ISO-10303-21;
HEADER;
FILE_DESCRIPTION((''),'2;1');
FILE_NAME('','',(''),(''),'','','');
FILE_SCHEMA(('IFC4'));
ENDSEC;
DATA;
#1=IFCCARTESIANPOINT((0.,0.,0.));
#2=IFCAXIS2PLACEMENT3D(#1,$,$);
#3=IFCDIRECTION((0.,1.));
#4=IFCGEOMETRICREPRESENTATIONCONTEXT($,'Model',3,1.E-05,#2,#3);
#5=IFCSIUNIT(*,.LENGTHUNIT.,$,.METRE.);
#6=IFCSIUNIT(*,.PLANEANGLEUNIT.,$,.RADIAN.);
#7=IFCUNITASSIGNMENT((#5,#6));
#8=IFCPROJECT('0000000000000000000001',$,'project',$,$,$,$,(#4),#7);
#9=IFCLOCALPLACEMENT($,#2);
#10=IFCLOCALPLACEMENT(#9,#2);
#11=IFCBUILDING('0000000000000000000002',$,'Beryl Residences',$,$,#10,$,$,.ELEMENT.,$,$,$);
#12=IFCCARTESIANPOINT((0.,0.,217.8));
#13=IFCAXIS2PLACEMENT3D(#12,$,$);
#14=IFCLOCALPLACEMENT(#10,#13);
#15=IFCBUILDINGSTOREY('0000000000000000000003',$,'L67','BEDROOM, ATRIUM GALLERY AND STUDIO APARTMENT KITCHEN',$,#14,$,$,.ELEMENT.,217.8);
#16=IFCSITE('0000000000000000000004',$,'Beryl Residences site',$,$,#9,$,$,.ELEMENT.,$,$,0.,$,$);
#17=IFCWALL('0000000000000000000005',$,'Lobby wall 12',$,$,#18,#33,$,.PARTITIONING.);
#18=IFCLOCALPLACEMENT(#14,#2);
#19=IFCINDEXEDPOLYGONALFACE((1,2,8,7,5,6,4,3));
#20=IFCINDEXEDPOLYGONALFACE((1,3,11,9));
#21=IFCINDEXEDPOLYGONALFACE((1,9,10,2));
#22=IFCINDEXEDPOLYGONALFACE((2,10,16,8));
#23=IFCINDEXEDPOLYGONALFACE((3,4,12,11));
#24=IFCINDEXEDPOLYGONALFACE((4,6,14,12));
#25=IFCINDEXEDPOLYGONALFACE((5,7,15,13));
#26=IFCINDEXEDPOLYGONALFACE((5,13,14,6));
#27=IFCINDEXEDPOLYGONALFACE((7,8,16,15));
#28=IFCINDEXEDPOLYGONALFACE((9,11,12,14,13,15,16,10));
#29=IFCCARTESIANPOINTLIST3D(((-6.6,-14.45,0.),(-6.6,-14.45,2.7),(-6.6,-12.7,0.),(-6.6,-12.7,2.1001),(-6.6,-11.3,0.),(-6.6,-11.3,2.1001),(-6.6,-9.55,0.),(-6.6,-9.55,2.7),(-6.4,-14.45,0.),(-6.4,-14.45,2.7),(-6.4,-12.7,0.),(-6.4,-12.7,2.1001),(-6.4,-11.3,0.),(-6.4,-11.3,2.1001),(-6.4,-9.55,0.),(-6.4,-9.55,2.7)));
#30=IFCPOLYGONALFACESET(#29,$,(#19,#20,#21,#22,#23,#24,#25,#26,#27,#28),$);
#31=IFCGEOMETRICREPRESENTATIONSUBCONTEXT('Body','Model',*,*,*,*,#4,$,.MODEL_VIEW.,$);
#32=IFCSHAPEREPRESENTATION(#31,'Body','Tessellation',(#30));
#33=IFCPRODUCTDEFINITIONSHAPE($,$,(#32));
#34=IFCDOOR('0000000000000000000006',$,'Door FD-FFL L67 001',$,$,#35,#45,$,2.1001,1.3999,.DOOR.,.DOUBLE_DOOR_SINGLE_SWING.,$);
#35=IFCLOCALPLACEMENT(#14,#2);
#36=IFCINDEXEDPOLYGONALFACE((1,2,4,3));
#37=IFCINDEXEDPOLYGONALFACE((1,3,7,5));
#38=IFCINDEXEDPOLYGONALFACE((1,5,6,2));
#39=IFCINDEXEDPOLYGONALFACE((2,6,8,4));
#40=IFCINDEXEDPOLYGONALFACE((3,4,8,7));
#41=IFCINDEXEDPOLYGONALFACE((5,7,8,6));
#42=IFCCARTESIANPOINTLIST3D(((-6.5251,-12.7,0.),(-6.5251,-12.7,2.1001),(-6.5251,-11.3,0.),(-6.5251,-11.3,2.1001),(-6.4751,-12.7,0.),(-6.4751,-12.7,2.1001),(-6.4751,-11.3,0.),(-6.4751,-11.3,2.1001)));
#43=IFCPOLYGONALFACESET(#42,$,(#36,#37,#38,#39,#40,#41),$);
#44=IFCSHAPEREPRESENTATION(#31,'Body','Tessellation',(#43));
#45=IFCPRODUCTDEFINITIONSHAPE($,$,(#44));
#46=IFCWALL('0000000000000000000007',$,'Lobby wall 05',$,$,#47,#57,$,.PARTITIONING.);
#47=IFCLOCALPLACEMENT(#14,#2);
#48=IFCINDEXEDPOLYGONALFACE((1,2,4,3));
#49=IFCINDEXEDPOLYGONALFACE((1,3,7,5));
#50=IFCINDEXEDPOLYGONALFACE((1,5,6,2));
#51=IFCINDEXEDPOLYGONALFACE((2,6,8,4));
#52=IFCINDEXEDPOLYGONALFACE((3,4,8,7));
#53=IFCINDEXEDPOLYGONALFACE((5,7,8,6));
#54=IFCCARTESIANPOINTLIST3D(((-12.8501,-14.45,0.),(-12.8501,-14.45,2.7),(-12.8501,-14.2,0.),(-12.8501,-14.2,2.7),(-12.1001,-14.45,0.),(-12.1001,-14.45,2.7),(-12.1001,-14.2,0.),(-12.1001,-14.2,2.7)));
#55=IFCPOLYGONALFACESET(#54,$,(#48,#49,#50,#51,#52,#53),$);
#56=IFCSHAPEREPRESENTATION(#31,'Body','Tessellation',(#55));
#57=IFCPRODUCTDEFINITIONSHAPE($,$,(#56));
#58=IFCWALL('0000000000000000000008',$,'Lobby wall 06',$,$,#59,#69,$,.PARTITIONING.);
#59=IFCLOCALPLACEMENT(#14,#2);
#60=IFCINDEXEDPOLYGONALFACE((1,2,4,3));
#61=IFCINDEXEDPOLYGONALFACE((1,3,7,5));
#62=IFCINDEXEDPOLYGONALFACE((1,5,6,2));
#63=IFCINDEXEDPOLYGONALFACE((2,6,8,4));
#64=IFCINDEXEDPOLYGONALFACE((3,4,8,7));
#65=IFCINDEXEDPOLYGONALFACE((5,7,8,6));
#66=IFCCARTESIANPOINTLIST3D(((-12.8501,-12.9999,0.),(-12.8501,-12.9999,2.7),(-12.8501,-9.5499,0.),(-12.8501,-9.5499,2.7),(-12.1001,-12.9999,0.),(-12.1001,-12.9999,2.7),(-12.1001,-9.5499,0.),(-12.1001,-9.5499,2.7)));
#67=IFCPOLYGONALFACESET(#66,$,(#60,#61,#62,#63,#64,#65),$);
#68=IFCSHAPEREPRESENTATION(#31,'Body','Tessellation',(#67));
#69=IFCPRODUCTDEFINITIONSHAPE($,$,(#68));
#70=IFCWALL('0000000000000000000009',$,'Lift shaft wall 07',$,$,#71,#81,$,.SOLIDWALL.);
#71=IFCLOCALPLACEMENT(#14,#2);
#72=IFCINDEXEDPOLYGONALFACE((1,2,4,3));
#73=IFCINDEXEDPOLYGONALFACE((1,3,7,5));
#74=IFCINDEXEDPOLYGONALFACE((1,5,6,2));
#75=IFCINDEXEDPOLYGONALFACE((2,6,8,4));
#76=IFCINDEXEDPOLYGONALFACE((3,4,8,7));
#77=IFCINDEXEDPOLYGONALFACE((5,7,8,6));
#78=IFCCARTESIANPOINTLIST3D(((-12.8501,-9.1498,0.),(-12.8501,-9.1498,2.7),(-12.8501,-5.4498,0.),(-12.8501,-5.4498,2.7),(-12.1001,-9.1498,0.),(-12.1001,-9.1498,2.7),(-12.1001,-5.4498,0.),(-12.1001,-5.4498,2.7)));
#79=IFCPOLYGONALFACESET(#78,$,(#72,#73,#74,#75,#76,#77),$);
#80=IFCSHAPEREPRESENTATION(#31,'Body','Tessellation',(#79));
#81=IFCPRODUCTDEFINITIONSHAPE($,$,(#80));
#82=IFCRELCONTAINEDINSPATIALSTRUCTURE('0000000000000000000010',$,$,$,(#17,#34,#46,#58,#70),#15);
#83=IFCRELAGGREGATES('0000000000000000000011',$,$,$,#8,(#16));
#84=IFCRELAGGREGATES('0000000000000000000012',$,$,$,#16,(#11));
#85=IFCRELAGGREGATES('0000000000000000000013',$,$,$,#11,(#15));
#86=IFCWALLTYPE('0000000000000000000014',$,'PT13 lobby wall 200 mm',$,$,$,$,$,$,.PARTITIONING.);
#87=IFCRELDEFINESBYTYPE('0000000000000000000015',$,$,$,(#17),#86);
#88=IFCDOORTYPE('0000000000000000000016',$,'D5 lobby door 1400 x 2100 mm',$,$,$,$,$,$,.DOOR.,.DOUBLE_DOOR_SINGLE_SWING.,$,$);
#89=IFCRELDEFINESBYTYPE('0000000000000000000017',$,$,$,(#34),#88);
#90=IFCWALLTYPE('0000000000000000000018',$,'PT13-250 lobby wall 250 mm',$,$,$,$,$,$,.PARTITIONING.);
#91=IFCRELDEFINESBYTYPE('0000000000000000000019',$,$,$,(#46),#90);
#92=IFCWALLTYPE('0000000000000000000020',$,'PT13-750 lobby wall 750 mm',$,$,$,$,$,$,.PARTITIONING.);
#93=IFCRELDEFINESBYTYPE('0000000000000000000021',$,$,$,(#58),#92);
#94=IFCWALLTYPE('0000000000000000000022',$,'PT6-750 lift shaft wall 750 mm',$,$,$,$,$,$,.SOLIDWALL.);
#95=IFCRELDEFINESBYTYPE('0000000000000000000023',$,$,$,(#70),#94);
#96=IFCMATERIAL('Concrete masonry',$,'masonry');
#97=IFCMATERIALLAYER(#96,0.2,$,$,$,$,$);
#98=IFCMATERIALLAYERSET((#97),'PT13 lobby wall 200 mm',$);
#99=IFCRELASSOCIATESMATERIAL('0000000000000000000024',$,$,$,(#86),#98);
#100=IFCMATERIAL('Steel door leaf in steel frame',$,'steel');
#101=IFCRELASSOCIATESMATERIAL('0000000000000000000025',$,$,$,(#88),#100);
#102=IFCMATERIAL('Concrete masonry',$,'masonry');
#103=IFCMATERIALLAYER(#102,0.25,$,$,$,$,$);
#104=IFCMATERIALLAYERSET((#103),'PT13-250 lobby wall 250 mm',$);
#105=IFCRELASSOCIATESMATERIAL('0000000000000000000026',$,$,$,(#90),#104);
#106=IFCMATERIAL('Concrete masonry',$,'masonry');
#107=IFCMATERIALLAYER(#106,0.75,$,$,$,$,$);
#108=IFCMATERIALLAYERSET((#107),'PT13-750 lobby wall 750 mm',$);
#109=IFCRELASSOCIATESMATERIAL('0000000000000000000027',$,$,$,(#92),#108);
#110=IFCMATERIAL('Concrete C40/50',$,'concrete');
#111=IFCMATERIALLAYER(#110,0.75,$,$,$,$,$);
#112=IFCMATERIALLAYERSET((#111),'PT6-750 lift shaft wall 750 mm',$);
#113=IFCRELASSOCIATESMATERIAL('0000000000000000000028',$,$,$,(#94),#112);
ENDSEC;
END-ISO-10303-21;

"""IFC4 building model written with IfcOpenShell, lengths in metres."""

from ifc_helpers import new_model, si_unit, direction, frame, frame_2d, origin, place, context, subcontext, project, spatial, rectangle, extrude, material, layer, layer_set, type_object, element, fill, save


model = new_model("IFC4")

# Units and contexts
model_context = context("Model", 3, precision=1e-05, world=origin(), true_north=direction((0.0, 1.0)))
body_context = subcontext(model_context, "Body", "Model", "MODEL_VIEW")
ifc_project = project(units=[si_unit("LENGTHUNIT", "METRE"), si_unit("PLANEANGLEUNIT", "RADIAN")], contexts=[model_context])

# Site, building, storey
site_placement = place(None, origin())
site = spatial("IfcSite", under=ifc_project, at=site_placement, Name="Beryl Residences site", CompositionType="ELEMENT", RefElevation=0.0)
building_placement = place(site_placement, origin())
building = spatial("IfcBuilding", under=site, at=building_placement, Name="Beryl Residences", CompositionType="ELEMENT")
storey_placement = place(building_placement, frame((0.0, 0.0, 217.8)))
storey = spatial("IfcBuildingStorey", under=building, at=storey_placement, Name="L67", Description="BEDROOM, ATRIUM GALLERY AND STUDIO APARTMENT KITCHEN", CompositionType="ELEMENT", Elevation=217.8)

# Wall, opening, door
ifc_material_1 = material(Name="Concrete masonry", Category="masonry")
ifc_layer_1 = layer(ifc_material_1, 0.2)
ifc_layer_set_1 = layer_set([ifc_layer_1], Name="PT13 lobby wall 200 mm")
wall_type_1 = type_object("IfcWallType", Name="PT13 lobby wall 200 mm", PredefinedType="PARTITIONING", material=ifc_layer_set_1)
wall_1_placement = place(storey_placement, frame((-6.5, -14.45, 0.0), z_axis=(0.0, 0.0, 1.0), x_axis=(0.0, 1.0, 0.0)))
wall_1 = element("IfcWall", 1, at=wall_1_placement, inside=storey, type_object=wall_type_1, Name="Lobby wall 12", PredefinedType="PARTITIONING", context=body_context, shape_type="SweptSolid", body=[
    extrude(rectangle(XDim=4.8999, YDim=0.2, at=frame_2d((2.45, 0.0))), origin(), (0.0, 0.0, 1.0), 2.7),
])
opening_1_placement = place(wall_1_placement, frame((3.1499, 0.0, 0.0), z_axis=(0.0, 0.0, 1.0), x_axis=(-1.0, 0.0, 0.0)))
opening_1 = element("IfcOpeningElement", 2, at=opening_1_placement, cuts=wall_1, PredefinedType="OPENING", context=body_context, shape_type="SweptSolid", body=[
    extrude(rectangle(XDim=1.3999, YDim=2.1001, at=frame_2d((0.7, 1.05))), frame((0.0, 0.1099, 0.0), z_axis=(0.0, -1.0, 0.0), x_axis=(1.0, 0.0, 0.0)), (0.0, 0.0, 1.0), 0.22),
])
ifc_material_2 = material(Name="Steel door leaf in steel frame", Category="steel")
door_type_1 = type_object("IfcDoorType", Name="D5 lobby door 1400 x 2100 mm", OperationType="DOUBLE_DOOR_SINGLE_SWING", PredefinedType="DOOR", material=ifc_material_2)
door_1_placement = place(opening_1_placement, origin())
door_1 = element("IfcDoor", 3, at=door_1_placement, inside=storey, type_object=door_type_1, Name="Door FD-FFL L67 001", OperationType="DOUBLE_DOOR_SINGLE_SWING", OverallHeight=2.1001, OverallWidth=1.3999, PredefinedType="DOOR", context=body_context, shape_type="SweptSolid", body=[
    extrude(rectangle(XDim=1.3999, YDim=2.1001, at=frame_2d((0.7, 1.05))), frame((0.0, 0.0249, 0.0), z_axis=(0.0, -1.0, 0.0), x_axis=(1.0, 0.0, 0.0)), (0.0, 0.0, 1.0), 0.05),
])
fill(opening_1, door_1)

# Walls
ifc_material_3 = material(Name="Concrete masonry", Category="masonry")
ifc_layer_2 = layer(ifc_material_3, 0.25)
ifc_layer_set_2 = layer_set([ifc_layer_2], Name="PT13-250 lobby wall 250 mm")
wall_type_2 = type_object("IfcWallType", Name="PT13-250 lobby wall 250 mm", PredefinedType="PARTITIONING", material=ifc_layer_set_2)
wall_2_placement = place(storey_placement, frame((-12.8501, -14.325, 0.0), z_axis=(0.0, 0.0, 1.0), x_axis=(1.0, 0.0, 0.0)))
element("IfcWall", 4, at=wall_2_placement, inside=storey, type_object=wall_type_2, Name="Lobby wall 05", PredefinedType="PARTITIONING", context=body_context, shape_type="SweptSolid", body=[
    extrude(rectangle(XDim=0.75, YDim=0.25, at=frame_2d((0.375, 0.0))), origin(), (0.0, 0.0, 1.0), 2.7),
])
ifc_material_4 = material(Name="Concrete masonry", Category="masonry")
ifc_layer_3 = layer(ifc_material_4, 0.75)
ifc_layer_set_3 = layer_set([ifc_layer_3], Name="PT13-750 lobby wall 750 mm")
wall_type_3 = type_object("IfcWallType", Name="PT13-750 lobby wall 750 mm", PredefinedType="PARTITIONING", material=ifc_layer_set_3)
wall_3_placement = place(storey_placement, frame((-12.4751, -13.0, 0.0), z_axis=(0.0, 0.0, 1.0), x_axis=(0.0, 1.0, 0.0)))
element("IfcWall", 5, at=wall_3_placement, inside=storey, type_object=wall_type_3, Name="Lobby wall 06", PredefinedType="PARTITIONING", context=body_context, shape_type="SweptSolid", body=[
    extrude(rectangle(XDim=3.45, YDim=0.75, at=frame_2d((1.7251, 0.0))), origin(), (0.0, 0.0, 1.0), 2.7),
])
ifc_material_5 = material(Name="Concrete C40/50", Category="concrete")
ifc_layer_4 = layer(ifc_material_5, 0.75)
ifc_layer_set_4 = layer_set([ifc_layer_4], Name="PT6-750 lift shaft wall 750 mm")
wall_type_4 = type_object("IfcWallType", Name="PT6-750 lift shaft wall 750 mm", PredefinedType="SOLIDWALL", material=ifc_layer_set_4)
wall_4_placement = place(storey_placement, frame((-12.4751, -9.1499, 0.0), z_axis=(0.0, 0.0, 1.0), x_axis=(0.0, 1.0, 0.0)))
element("IfcWall", 6, at=wall_4_placement, inside=storey, type_object=wall_type_4, Name="Lift shaft wall 07", PredefinedType="SOLIDWALL", context=body_context, shape_type="SweptSolid", body=[
    extrude(rectangle(XDim=3.7, YDim=0.75, at=frame_2d((1.8501, 0.0))), origin(), (0.0, 0.0, 1.0), 2.7),
])

save(model, "model.ifc")
